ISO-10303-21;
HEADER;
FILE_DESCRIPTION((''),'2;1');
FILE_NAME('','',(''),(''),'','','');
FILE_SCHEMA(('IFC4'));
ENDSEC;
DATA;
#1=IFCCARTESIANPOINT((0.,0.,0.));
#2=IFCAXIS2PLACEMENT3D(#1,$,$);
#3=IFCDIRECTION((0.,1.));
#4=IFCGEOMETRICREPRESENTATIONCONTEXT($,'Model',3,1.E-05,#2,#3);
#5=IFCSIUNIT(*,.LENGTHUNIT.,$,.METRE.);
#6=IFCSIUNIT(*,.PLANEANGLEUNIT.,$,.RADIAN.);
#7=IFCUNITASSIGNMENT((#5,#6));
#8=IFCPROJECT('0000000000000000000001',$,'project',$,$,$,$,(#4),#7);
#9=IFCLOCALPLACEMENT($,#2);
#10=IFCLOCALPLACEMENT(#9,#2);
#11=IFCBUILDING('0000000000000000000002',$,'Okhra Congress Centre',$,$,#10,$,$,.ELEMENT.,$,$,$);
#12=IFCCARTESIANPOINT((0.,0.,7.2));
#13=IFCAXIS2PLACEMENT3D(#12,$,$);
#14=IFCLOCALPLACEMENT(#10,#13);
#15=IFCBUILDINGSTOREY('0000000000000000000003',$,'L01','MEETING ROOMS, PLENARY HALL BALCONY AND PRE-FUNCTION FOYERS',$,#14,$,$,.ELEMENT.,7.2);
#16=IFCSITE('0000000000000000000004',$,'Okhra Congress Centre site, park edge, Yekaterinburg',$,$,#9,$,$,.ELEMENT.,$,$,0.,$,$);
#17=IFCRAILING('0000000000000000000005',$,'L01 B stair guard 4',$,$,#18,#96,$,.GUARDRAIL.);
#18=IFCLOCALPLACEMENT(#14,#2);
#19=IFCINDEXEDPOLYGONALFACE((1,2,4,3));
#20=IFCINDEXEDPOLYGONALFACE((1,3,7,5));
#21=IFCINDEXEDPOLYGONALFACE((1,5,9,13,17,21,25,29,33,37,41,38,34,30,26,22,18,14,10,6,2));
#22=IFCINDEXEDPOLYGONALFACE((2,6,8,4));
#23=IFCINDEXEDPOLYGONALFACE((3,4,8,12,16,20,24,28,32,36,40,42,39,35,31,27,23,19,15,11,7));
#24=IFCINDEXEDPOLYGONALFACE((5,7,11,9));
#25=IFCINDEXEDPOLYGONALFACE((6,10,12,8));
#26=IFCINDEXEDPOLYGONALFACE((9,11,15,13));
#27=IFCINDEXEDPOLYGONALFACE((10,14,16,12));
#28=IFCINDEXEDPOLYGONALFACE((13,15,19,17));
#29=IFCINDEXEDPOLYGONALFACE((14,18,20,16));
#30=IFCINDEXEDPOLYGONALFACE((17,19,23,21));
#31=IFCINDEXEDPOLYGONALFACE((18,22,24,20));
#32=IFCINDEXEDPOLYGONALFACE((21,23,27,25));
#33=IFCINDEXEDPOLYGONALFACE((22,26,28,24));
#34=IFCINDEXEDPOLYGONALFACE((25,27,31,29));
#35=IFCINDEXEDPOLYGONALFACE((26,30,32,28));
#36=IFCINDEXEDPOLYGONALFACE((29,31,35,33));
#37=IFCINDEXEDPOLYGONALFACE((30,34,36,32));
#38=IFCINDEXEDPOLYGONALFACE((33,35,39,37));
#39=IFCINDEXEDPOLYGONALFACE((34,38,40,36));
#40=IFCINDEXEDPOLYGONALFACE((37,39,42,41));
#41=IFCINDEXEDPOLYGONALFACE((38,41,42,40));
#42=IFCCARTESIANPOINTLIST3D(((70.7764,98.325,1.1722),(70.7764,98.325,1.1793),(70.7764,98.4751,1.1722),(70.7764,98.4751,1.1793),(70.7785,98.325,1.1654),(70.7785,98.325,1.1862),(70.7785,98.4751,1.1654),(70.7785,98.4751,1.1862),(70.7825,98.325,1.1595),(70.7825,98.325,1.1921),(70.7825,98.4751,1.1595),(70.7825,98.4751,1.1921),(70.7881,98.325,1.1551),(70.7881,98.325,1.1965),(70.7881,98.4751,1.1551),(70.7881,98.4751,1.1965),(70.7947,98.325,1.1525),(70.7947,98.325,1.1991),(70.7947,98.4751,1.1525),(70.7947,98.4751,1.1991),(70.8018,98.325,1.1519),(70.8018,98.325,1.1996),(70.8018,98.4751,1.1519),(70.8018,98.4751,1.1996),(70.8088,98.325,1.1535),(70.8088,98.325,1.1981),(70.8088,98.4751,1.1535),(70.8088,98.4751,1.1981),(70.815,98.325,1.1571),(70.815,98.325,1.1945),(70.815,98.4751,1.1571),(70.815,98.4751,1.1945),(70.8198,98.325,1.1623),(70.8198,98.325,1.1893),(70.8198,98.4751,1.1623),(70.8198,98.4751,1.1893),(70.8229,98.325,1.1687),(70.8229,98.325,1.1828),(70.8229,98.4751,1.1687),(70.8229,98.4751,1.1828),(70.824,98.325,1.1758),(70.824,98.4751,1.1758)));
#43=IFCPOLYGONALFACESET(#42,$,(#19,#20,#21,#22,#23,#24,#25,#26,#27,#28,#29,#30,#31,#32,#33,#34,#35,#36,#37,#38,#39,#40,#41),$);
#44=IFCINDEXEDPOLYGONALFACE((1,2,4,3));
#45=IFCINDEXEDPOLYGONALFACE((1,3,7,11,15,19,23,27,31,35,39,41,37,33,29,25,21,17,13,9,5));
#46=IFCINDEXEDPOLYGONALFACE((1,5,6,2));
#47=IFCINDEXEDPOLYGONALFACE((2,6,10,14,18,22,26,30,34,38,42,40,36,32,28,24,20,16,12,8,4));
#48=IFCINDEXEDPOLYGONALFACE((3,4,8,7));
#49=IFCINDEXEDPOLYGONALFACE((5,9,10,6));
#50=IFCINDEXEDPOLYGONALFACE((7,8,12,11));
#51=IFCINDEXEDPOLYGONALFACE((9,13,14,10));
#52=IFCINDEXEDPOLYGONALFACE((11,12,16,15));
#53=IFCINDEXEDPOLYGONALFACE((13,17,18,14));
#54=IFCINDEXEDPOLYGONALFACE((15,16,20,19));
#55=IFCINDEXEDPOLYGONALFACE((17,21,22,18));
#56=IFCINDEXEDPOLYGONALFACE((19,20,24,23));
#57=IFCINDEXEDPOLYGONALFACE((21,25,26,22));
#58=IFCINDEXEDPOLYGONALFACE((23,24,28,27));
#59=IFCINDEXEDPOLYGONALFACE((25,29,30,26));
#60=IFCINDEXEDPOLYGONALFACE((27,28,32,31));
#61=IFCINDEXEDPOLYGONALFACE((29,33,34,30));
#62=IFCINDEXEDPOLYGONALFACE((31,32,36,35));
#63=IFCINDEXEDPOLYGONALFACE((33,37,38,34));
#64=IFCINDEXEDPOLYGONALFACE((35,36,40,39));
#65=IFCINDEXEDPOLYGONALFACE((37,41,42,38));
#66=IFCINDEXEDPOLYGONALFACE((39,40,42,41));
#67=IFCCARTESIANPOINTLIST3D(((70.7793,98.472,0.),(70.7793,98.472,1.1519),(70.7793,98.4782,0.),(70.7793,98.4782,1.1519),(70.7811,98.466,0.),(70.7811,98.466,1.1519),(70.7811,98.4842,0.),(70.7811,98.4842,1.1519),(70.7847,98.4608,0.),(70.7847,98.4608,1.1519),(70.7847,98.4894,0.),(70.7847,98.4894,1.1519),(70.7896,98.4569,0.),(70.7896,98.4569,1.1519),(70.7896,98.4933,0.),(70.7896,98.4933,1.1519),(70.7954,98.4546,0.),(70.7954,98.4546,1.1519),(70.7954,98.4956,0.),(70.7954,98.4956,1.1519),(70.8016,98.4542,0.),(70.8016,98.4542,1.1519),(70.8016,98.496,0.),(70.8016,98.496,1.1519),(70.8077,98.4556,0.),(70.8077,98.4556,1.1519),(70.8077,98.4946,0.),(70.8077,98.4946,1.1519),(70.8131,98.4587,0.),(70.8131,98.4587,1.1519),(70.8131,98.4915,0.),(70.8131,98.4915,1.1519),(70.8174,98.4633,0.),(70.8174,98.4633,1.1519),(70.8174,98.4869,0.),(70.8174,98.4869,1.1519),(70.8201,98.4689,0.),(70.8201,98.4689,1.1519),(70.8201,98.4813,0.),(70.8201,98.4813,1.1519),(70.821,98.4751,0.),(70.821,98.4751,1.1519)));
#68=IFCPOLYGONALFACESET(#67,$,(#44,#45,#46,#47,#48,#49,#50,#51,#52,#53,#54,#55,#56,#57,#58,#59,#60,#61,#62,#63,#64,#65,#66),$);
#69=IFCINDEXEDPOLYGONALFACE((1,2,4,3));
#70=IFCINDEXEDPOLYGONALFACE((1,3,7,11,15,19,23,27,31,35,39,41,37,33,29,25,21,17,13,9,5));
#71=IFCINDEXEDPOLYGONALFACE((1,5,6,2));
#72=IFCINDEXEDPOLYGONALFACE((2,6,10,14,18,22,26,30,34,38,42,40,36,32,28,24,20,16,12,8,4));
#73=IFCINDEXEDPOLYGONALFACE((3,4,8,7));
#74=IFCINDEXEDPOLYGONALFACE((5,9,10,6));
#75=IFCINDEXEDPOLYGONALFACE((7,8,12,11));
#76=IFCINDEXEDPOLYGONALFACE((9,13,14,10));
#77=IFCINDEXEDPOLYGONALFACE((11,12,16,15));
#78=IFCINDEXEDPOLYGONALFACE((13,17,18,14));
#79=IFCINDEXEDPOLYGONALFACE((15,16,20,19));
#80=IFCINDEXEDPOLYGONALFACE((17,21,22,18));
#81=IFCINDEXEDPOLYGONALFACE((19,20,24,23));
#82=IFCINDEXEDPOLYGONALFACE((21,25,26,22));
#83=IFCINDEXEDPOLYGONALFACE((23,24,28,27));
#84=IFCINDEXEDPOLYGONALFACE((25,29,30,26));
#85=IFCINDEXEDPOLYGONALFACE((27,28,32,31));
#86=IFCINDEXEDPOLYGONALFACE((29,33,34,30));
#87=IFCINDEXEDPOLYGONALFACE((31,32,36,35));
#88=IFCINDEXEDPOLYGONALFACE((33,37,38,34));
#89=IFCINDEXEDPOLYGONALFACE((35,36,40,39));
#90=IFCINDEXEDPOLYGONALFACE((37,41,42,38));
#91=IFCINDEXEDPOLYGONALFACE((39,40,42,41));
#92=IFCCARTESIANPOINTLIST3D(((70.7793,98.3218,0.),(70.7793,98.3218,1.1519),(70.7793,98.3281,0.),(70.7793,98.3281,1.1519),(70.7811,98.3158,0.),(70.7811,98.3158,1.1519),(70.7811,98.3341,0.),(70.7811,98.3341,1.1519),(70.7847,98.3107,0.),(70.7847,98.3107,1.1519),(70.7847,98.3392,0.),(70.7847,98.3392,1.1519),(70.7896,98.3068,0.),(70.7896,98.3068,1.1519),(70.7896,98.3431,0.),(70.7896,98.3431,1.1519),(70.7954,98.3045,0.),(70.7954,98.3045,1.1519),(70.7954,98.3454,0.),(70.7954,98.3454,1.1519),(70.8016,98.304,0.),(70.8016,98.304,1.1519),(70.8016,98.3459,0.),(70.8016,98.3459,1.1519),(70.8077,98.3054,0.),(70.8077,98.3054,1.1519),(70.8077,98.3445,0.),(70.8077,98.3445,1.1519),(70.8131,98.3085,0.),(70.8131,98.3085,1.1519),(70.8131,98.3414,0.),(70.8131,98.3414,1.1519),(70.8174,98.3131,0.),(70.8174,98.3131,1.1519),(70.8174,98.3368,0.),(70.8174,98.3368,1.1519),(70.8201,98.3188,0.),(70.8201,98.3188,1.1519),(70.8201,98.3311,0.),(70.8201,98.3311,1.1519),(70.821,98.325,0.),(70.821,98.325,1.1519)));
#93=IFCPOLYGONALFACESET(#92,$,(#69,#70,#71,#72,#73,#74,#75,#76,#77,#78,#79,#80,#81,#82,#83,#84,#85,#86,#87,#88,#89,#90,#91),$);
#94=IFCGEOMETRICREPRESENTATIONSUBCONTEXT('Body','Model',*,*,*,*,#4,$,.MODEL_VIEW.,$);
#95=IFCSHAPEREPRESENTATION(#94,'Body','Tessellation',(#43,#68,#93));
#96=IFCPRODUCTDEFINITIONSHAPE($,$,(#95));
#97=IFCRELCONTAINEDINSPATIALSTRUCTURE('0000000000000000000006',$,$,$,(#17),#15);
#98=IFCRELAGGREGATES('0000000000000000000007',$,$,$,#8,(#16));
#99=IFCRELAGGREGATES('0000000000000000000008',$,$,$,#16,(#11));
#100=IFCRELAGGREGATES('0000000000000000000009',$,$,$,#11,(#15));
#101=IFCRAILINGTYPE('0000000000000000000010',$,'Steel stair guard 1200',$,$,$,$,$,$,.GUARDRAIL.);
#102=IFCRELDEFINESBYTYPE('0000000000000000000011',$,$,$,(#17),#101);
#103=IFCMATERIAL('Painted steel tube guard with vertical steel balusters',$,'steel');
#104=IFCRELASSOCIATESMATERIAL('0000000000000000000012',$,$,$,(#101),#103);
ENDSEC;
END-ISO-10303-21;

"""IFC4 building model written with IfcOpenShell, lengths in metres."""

from ifc_helpers import new_model, si_unit, direction, frame, origin, origin_2d, place, context, subcontext, project, spatial, circle, extrude, material, type_object, element, save


model = new_model("IFC4")

# Units and contexts
model_context = context("Model", 3, precision=1e-05, world=origin(), true_north=direction((0.0, 1.0)))
body_context = subcontext(model_context, "Body", "Model", "MODEL_VIEW")
ifc_project = project(units=[si_unit("LENGTHUNIT", "METRE"), si_unit("PLANEANGLEUNIT", "RADIAN")], contexts=[model_context])

# Site, building, storey
site_placement = place(None, origin())
site = spatial("IfcSite", under=ifc_project, at=site_placement, Name="Okhra Congress Centre site, park edge, Yekaterinburg", CompositionType="ELEMENT", RefElevation=0.0)
building_placement = place(site_placement, origin())
building = spatial("IfcBuilding", under=site, at=building_placement, Name="Okhra Congress Centre", CompositionType="ELEMENT")
storey_placement = place(building_placement, frame((0.0, 0.0, 7.2)))
storey = spatial("IfcBuildingStorey", under=building, at=storey_placement, Name="L01", Description="MEETING ROOMS, PLENARY HALL BALCONY AND PRE-FUNCTION FOYERS", CompositionType="ELEMENT", Elevation=7.2)

# Railing
ifc_material_1 = material(Name="Painted steel tube guard with vertical steel balusters", Category="steel")
railing_type_1 = type_object("IfcRailingType", Name="Steel stair guard 1200", PredefinedType="GUARDRAIL", material=ifc_material_1)
railing_1_placement = place(storey_placement, frame((70.8, 98.4751, 0.0)))
element("IfcRailing", 1, at=railing_1_placement, inside=storey, type_object=railing_type_1, Name="L01 B stair guard 4", PredefinedType="GUARDRAIL", context=body_context, shape_type="SweptSolid", body=[
    extrude(circle(Radius=0.0239, at=origin_2d()), frame((0.0, 0.0, 1.1758), z_axis=(0.0, -1.0, 0.0), x_axis=(1.0, 0.0, 0.0)), (0.0, 0.0, 1.0), 0.1501),
    extrude(circle(Radius=0.021, at=origin_2d()), origin(), (0.0, 0.0, 1.0), 1.1519),
    extrude(circle(Radius=0.021, at=origin_2d()), frame((0.0, -0.1501, 0.0)), (0.0, 0.0, 1.0), 1.1519),
])

save(model, "model.ifc")
